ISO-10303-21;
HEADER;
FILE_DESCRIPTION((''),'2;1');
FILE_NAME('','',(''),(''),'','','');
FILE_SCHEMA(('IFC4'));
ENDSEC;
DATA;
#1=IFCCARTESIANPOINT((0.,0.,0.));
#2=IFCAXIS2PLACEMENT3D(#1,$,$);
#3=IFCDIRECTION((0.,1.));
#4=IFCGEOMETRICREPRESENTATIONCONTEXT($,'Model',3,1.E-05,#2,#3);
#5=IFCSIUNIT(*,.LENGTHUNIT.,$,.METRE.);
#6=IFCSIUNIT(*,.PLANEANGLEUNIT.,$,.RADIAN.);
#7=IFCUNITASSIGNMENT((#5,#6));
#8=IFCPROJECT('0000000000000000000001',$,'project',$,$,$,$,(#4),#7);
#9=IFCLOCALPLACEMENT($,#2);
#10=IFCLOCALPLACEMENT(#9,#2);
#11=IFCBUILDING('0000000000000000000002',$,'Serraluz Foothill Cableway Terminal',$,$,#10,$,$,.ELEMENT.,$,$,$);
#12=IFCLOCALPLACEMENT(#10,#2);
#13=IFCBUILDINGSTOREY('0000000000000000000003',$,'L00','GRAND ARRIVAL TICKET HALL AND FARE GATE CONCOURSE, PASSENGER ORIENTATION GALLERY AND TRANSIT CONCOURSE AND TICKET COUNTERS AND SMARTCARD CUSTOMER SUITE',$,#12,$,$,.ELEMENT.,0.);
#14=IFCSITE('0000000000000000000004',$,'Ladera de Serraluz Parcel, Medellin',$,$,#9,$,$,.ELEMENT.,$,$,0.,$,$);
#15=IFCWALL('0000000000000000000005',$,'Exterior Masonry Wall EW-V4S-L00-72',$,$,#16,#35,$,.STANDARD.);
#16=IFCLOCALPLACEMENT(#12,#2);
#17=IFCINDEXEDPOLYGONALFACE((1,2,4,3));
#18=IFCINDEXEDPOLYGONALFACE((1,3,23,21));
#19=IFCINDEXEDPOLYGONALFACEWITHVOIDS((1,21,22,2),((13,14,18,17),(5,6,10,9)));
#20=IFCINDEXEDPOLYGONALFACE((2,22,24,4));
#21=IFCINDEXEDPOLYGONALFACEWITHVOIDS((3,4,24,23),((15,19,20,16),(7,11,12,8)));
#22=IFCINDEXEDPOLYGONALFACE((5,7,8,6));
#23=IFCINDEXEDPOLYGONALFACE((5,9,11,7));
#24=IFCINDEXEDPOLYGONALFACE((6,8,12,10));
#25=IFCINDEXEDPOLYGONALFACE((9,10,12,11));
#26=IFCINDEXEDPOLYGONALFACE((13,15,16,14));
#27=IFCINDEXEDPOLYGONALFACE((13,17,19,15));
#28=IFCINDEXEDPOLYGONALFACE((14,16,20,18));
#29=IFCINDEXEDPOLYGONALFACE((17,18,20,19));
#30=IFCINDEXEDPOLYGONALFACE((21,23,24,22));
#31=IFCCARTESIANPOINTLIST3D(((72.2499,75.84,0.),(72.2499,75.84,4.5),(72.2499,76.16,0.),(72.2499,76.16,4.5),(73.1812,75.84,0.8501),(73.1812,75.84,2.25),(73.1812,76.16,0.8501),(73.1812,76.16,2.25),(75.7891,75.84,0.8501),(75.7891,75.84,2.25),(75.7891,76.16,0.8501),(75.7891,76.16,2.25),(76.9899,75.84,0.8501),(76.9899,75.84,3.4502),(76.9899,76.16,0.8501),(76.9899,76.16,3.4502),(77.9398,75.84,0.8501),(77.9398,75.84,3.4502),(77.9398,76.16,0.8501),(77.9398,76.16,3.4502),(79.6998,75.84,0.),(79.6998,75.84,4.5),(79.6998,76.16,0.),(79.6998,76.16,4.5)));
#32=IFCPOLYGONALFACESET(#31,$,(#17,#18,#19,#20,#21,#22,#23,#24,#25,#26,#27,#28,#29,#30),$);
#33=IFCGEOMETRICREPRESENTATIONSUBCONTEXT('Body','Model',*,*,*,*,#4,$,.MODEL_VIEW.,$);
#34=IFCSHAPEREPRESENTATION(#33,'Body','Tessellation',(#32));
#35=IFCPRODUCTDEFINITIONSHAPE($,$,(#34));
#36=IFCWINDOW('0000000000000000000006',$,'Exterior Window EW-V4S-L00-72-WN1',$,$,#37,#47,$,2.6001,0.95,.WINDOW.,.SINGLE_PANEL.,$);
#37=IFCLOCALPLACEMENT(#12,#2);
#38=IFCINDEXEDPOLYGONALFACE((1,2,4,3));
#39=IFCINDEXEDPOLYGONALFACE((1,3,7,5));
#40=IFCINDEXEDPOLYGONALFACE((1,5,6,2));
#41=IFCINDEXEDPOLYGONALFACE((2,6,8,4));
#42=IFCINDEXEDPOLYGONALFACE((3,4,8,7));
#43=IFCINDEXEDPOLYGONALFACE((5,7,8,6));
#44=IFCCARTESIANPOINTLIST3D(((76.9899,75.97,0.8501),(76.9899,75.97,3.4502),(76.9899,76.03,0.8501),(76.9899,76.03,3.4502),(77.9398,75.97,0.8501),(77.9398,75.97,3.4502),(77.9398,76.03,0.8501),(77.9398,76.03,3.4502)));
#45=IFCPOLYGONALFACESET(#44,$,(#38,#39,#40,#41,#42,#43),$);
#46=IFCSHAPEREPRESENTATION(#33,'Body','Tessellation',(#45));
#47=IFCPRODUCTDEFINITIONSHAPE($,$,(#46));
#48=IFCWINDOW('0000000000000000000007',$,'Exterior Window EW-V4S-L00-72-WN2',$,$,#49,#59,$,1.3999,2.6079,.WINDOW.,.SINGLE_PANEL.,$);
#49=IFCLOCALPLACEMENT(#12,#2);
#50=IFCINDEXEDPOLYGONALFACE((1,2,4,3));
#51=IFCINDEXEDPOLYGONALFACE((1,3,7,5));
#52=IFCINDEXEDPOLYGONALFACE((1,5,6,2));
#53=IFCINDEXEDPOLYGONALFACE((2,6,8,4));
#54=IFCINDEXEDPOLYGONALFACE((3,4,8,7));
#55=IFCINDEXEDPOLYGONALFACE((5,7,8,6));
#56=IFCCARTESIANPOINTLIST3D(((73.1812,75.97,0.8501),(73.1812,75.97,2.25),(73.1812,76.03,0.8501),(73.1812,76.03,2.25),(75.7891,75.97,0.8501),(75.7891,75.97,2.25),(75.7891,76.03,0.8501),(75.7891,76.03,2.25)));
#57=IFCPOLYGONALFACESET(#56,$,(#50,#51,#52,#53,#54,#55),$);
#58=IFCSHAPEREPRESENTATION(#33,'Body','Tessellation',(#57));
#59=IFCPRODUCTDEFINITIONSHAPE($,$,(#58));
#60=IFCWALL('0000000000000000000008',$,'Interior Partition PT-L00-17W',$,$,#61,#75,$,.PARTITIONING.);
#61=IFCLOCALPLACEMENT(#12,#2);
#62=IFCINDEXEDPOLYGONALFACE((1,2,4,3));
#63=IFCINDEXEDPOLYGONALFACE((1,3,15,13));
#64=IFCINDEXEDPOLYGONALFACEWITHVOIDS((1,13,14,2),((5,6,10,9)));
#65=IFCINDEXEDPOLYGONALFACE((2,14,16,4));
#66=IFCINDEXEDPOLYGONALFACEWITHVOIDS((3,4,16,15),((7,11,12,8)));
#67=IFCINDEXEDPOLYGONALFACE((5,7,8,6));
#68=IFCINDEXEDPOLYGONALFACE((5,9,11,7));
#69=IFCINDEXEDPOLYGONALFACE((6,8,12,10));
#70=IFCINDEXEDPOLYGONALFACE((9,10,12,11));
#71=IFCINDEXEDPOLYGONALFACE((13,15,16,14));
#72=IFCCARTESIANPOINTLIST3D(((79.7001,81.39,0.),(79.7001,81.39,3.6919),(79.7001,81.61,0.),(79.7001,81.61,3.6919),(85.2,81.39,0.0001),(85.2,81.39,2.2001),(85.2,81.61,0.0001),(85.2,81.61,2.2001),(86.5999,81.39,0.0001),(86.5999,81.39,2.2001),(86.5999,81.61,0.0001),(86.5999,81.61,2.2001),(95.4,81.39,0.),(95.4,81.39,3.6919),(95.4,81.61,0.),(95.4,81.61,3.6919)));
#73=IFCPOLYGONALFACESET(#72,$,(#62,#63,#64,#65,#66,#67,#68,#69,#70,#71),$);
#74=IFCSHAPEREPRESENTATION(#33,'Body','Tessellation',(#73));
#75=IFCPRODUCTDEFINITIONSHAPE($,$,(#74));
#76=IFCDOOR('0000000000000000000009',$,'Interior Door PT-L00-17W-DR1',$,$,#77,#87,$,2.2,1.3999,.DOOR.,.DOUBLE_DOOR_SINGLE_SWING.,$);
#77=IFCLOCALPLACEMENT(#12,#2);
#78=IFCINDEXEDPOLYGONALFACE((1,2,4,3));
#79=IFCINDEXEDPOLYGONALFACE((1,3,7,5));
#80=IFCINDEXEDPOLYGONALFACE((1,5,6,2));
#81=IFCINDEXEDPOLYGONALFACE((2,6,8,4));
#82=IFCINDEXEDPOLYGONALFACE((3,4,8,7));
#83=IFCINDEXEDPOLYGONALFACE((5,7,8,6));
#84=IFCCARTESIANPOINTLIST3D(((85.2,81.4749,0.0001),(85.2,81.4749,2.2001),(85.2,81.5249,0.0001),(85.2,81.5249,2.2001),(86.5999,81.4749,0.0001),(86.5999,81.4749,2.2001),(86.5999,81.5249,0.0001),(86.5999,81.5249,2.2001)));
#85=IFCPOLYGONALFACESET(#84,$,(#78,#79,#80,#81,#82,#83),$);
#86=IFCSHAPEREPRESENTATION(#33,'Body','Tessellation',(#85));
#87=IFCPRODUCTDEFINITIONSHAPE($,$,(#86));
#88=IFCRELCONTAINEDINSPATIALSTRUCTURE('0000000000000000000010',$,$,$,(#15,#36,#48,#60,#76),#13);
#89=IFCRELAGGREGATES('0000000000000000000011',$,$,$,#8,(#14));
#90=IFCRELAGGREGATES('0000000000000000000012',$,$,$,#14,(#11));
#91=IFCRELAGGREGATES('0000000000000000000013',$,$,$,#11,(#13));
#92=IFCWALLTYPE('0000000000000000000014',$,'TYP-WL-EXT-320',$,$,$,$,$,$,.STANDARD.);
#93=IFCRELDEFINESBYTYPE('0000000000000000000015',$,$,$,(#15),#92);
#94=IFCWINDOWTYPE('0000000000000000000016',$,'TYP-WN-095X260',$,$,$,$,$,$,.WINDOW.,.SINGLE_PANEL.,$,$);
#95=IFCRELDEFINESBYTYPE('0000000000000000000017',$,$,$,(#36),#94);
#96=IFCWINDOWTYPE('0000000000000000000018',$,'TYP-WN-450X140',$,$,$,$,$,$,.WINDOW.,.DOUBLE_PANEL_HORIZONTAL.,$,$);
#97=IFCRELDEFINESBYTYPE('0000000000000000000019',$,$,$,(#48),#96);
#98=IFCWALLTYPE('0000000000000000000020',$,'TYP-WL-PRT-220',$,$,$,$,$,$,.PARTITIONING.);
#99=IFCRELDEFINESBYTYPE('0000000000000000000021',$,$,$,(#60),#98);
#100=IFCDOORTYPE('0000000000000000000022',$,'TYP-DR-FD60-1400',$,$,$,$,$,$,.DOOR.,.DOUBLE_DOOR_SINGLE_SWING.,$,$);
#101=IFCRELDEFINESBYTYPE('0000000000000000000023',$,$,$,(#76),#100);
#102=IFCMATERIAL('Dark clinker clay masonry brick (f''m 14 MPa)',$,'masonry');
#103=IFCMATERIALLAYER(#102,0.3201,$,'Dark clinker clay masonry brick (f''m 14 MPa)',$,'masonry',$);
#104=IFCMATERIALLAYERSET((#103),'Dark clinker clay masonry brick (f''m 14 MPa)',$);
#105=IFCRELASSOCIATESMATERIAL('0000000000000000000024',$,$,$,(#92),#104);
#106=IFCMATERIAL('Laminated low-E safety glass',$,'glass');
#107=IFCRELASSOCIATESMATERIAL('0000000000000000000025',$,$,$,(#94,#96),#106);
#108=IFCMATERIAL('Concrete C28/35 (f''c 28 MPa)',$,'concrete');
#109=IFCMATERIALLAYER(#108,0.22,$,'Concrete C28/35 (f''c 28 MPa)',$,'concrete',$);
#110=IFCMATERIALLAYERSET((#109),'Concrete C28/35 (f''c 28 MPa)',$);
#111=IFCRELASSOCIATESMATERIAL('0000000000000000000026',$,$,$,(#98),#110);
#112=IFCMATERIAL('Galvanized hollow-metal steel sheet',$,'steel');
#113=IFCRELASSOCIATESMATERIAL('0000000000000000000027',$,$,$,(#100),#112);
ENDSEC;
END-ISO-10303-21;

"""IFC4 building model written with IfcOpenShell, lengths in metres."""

from ifc_helpers import new_model, si_unit, direction, frame, frame_2d, origin, place, context, subcontext, project, spatial, rectangle, extrude, material, layer, layer_set, type_object, element, fill, save


model = new_model("IFC4")

# Units and contexts
model_context = context("Model", 3, precision=1e-05, world=origin(), true_north=direction((0.0, 1.0)))
body_context = subcontext(model_context, "Body", "Model", "MODEL_VIEW")
ifc_project = project(units=[si_unit("LENGTHUNIT", "METRE"), si_unit("PLANEANGLEUNIT", "RADIAN")], contexts=[model_context])

# Site, building, storey
site_placement = place(None, origin())
site = spatial("IfcSite", under=ifc_project, at=site_placement, Name="Ladera de Serraluz Parcel, Medellin", CompositionType="ELEMENT", RefElevation=0.0)
building_placement = place(site_placement, origin())
building = spatial("IfcBuilding", under=site, at=building_placement, Name="Serraluz Foothill Cableway Terminal", CompositionType="ELEMENT")
storey_placement = place(building_placement, origin())
storey = spatial("IfcBuildingStorey", under=building, at=storey_placement, Name="L00", Description="GRAND ARRIVAL TICKET HALL AND FARE GATE CONCOURSE, PASSENGER ORIENTATION GALLERY AND TRANSIT CONCOURSE AND TICKET COUNTERS AND SMARTCARD CUSTOMER SUITE", CompositionType="ELEMENT", Elevation=0.0)

# Shared definitions
ifc_material_1 = material(Name="Concrete C28/35 (f'c 28 MPa)", Category="concrete")

# Shared definitions
ifc_material_2 = material(Name="Dark clinker clay masonry brick (f'm 14 MPa)", Category="masonry")
ifc_layer_1 = layer(ifc_material_2, 0.3201, Name="Dark clinker clay masonry brick (f'm 14 MPa)", Category="masonry")
ifc_layer_set_1 = layer_set([ifc_layer_1], Name="Dark clinker clay masonry brick (f'm 14 MPa)")
wall_type_1 = type_object("IfcWallType", Name="TYP-WL-EXT-320", PredefinedType="STANDARD", material=ifc_layer_set_1)
ifc_material_3 = material(Name="Galvanized hollow-metal steel sheet", Category="steel")

# Wall, openings, windows
ifc_material_4 = material(Name="Laminated low-E safety glass", Category="glass")
wall_1_placement = place(storey_placement, frame((79.7, 76.0, 0.0), z_axis=(0.0, 0.0, 1.0), x_axis=(-1.0, 0.0, 0.0)))
wall_1 = element("IfcWall", 1, at=wall_1_placement, inside=storey, type_object=wall_type_1, Name="Exterior Masonry Wall EW-V4S-L00-72", PredefinedType="STANDARD", context=body_context, shape_type="SweptSolid", body=[
    extrude(rectangle(XDim=7.45, YDim=0.3201, at=frame_2d((3.7251, 0.0))), origin(), (0.0, 0.0, 1.0), 4.5),
])
opening_1_placement = place(wall_1_placement, frame((1.76, 0.0, 0.8501)))
opening_1 = element("IfcOpeningElement", 2, at=opening_1_placement, cuts=wall_1, PredefinedType="OPENING", context=body_context, shape_type="SweptSolid", body=[
    extrude(rectangle(XDim=0.95, YDim=2.6001, at=frame_2d((0.4751, 1.3))), frame((0.0, 0.1699, 0.0), z_axis=(0.0, -1.0, 0.0), x_axis=(1.0, 0.0, 0.0)), (0.0, 0.0, 1.0), 0.3401),
])
opening_2_placement = place(wall_1_placement, frame((3.9109, 0.0, 0.8501)))
opening_2 = element("IfcOpeningElement", 3, at=opening_2_placement, cuts=wall_1, PredefinedType="OPENING", context=body_context, shape_type="SweptSolid", body=[
    extrude(rectangle(XDim=2.6079, YDim=1.3999, at=frame_2d((1.304, 0.7))), frame((0.0, 0.1699, 0.0), z_axis=(0.0, -1.0, 0.0), x_axis=(1.0, 0.0, 0.0)), (0.0, 0.0, 1.0), 0.3401),
])
window_type_1 = type_object("IfcWindowType", Name="TYP-WN-095X260", PartitioningType="SINGLE_PANEL", PredefinedType="WINDOW", material=ifc_material_4)
window_1_placement = place(opening_1_placement, origin())
window_1 = element("IfcWindow", 4, at=window_1_placement, inside=storey, type_object=window_type_1, Name="Exterior Window EW-V4S-L00-72-WN1", OverallHeight=2.6001, OverallWidth=0.95, PartitioningType="SINGLE_PANEL", PredefinedType="WINDOW", context=body_context, shape_type="SweptSolid", body=[
    extrude(rectangle(XDim=0.95, YDim=2.6001, at=frame_2d((0.4751, 1.3))), frame((0.0, 0.03, 0.0), z_axis=(0.0, -1.0, 0.0), x_axis=(1.0, 0.0, 0.0)), (0.0, 0.0, 1.0), 0.0601),
])
fill(opening_1, window_1)
window_type_2 = type_object("IfcWindowType", Name="TYP-WN-450X140", PartitioningType="DOUBLE_PANEL_HORIZONTAL", PredefinedType="WINDOW", material=ifc_material_4)
window_2_placement = place(opening_2_placement, origin())
window_2 = element("IfcWindow", 5, at=window_2_placement, inside=storey, type_object=window_type_2, Name="Exterior Window EW-V4S-L00-72-WN2", OverallHeight=1.3999, OverallWidth=2.6079, PartitioningType="SINGLE_PANEL", PredefinedType="WINDOW", context=body_context, shape_type="SweptSolid", body=[
    extrude(rectangle(XDim=2.6079, YDim=1.3999, at=frame_2d((1.304, 0.7))), frame((0.0, 0.03, 0.0), z_axis=(0.0, -1.0, 0.0), x_axis=(1.0, 0.0, 0.0)), (0.0, 0.0, 1.0), 0.0601),
])
fill(opening_2, window_2)

# Wall, opening, door
ifc_layer_2 = layer(ifc_material_1, 0.22, Name="Concrete C28/35 (f'c 28 MPa)", Category="concrete")
ifc_layer_set_2 = layer_set([ifc_layer_2], Name="Concrete C28/35 (f'c 28 MPa)")
wall_type_2 = type_object("IfcWallType", Name="TYP-WL-PRT-220", PredefinedType="PARTITIONING", material=ifc_layer_set_2)
wall_2_placement = place(storey_placement, frame((79.7, 81.5, 0.0), z_axis=(0.0, 0.0, 1.0), x_axis=(1.0, 0.0, 0.0)))
wall_2 = element("IfcWall", 6, at=wall_2_placement, inside=storey, type_object=wall_type_2, Name="Interior Partition PT-L00-17W", PredefinedType="PARTITIONING", context=body_context, shape_type="SweptSolid", body=[
    extrude(rectangle(XDim=15.7, YDim=0.22, at=frame_2d((7.8501, 0.0))), origin(), (0.0, 0.0, 1.0), 3.6919),
])
opening_3_placement = place(wall_2_placement, frame((5.5, 0.0, 0.0)))
opening_3 = element("IfcOpeningElement", 7, at=opening_3_placement, cuts=wall_2, PredefinedType="OPENING", context=body_context, shape_type="SweptSolid", body=[
    extrude(rectangle(XDim=1.3999, YDim=2.2, at=frame_2d((0.7, 1.1001))), frame((0.0, 0.1201, 0.0), z_axis=(0.0, -1.0, 0.0), x_axis=(1.0, 0.0, 0.0)), (0.0, 0.0, 1.0), 0.24),
])
door_type_1 = type_object("IfcDoorType", Name="TYP-DR-FD60-1400", OperationType="DOUBLE_DOOR_SINGLE_SWING", PredefinedType="DOOR", material=ifc_material_3)
door_1_placement = place(opening_3_placement, origin())
door_1 = element("IfcDoor", 8, at=door_1_placement, inside=storey, type_object=door_type_1, Name="Interior Door PT-L00-17W-DR1", OperationType="DOUBLE_DOOR_SINGLE_SWING", OverallHeight=2.2, OverallWidth=1.3999, PredefinedType="DOOR", context=body_context, shape_type="SweptSolid", body=[
    extrude(rectangle(XDim=1.3999, YDim=2.2, at=frame_2d((0.7, 1.1001))), frame((0.0, 0.0249, 0.0), z_axis=(0.0, -1.0, 0.0), x_axis=(1.0, 0.0, 0.0)), (0.0, 0.0, 1.0), 0.05),
])
fill(opening_3, door_1)

save(model, "model.ifc")
